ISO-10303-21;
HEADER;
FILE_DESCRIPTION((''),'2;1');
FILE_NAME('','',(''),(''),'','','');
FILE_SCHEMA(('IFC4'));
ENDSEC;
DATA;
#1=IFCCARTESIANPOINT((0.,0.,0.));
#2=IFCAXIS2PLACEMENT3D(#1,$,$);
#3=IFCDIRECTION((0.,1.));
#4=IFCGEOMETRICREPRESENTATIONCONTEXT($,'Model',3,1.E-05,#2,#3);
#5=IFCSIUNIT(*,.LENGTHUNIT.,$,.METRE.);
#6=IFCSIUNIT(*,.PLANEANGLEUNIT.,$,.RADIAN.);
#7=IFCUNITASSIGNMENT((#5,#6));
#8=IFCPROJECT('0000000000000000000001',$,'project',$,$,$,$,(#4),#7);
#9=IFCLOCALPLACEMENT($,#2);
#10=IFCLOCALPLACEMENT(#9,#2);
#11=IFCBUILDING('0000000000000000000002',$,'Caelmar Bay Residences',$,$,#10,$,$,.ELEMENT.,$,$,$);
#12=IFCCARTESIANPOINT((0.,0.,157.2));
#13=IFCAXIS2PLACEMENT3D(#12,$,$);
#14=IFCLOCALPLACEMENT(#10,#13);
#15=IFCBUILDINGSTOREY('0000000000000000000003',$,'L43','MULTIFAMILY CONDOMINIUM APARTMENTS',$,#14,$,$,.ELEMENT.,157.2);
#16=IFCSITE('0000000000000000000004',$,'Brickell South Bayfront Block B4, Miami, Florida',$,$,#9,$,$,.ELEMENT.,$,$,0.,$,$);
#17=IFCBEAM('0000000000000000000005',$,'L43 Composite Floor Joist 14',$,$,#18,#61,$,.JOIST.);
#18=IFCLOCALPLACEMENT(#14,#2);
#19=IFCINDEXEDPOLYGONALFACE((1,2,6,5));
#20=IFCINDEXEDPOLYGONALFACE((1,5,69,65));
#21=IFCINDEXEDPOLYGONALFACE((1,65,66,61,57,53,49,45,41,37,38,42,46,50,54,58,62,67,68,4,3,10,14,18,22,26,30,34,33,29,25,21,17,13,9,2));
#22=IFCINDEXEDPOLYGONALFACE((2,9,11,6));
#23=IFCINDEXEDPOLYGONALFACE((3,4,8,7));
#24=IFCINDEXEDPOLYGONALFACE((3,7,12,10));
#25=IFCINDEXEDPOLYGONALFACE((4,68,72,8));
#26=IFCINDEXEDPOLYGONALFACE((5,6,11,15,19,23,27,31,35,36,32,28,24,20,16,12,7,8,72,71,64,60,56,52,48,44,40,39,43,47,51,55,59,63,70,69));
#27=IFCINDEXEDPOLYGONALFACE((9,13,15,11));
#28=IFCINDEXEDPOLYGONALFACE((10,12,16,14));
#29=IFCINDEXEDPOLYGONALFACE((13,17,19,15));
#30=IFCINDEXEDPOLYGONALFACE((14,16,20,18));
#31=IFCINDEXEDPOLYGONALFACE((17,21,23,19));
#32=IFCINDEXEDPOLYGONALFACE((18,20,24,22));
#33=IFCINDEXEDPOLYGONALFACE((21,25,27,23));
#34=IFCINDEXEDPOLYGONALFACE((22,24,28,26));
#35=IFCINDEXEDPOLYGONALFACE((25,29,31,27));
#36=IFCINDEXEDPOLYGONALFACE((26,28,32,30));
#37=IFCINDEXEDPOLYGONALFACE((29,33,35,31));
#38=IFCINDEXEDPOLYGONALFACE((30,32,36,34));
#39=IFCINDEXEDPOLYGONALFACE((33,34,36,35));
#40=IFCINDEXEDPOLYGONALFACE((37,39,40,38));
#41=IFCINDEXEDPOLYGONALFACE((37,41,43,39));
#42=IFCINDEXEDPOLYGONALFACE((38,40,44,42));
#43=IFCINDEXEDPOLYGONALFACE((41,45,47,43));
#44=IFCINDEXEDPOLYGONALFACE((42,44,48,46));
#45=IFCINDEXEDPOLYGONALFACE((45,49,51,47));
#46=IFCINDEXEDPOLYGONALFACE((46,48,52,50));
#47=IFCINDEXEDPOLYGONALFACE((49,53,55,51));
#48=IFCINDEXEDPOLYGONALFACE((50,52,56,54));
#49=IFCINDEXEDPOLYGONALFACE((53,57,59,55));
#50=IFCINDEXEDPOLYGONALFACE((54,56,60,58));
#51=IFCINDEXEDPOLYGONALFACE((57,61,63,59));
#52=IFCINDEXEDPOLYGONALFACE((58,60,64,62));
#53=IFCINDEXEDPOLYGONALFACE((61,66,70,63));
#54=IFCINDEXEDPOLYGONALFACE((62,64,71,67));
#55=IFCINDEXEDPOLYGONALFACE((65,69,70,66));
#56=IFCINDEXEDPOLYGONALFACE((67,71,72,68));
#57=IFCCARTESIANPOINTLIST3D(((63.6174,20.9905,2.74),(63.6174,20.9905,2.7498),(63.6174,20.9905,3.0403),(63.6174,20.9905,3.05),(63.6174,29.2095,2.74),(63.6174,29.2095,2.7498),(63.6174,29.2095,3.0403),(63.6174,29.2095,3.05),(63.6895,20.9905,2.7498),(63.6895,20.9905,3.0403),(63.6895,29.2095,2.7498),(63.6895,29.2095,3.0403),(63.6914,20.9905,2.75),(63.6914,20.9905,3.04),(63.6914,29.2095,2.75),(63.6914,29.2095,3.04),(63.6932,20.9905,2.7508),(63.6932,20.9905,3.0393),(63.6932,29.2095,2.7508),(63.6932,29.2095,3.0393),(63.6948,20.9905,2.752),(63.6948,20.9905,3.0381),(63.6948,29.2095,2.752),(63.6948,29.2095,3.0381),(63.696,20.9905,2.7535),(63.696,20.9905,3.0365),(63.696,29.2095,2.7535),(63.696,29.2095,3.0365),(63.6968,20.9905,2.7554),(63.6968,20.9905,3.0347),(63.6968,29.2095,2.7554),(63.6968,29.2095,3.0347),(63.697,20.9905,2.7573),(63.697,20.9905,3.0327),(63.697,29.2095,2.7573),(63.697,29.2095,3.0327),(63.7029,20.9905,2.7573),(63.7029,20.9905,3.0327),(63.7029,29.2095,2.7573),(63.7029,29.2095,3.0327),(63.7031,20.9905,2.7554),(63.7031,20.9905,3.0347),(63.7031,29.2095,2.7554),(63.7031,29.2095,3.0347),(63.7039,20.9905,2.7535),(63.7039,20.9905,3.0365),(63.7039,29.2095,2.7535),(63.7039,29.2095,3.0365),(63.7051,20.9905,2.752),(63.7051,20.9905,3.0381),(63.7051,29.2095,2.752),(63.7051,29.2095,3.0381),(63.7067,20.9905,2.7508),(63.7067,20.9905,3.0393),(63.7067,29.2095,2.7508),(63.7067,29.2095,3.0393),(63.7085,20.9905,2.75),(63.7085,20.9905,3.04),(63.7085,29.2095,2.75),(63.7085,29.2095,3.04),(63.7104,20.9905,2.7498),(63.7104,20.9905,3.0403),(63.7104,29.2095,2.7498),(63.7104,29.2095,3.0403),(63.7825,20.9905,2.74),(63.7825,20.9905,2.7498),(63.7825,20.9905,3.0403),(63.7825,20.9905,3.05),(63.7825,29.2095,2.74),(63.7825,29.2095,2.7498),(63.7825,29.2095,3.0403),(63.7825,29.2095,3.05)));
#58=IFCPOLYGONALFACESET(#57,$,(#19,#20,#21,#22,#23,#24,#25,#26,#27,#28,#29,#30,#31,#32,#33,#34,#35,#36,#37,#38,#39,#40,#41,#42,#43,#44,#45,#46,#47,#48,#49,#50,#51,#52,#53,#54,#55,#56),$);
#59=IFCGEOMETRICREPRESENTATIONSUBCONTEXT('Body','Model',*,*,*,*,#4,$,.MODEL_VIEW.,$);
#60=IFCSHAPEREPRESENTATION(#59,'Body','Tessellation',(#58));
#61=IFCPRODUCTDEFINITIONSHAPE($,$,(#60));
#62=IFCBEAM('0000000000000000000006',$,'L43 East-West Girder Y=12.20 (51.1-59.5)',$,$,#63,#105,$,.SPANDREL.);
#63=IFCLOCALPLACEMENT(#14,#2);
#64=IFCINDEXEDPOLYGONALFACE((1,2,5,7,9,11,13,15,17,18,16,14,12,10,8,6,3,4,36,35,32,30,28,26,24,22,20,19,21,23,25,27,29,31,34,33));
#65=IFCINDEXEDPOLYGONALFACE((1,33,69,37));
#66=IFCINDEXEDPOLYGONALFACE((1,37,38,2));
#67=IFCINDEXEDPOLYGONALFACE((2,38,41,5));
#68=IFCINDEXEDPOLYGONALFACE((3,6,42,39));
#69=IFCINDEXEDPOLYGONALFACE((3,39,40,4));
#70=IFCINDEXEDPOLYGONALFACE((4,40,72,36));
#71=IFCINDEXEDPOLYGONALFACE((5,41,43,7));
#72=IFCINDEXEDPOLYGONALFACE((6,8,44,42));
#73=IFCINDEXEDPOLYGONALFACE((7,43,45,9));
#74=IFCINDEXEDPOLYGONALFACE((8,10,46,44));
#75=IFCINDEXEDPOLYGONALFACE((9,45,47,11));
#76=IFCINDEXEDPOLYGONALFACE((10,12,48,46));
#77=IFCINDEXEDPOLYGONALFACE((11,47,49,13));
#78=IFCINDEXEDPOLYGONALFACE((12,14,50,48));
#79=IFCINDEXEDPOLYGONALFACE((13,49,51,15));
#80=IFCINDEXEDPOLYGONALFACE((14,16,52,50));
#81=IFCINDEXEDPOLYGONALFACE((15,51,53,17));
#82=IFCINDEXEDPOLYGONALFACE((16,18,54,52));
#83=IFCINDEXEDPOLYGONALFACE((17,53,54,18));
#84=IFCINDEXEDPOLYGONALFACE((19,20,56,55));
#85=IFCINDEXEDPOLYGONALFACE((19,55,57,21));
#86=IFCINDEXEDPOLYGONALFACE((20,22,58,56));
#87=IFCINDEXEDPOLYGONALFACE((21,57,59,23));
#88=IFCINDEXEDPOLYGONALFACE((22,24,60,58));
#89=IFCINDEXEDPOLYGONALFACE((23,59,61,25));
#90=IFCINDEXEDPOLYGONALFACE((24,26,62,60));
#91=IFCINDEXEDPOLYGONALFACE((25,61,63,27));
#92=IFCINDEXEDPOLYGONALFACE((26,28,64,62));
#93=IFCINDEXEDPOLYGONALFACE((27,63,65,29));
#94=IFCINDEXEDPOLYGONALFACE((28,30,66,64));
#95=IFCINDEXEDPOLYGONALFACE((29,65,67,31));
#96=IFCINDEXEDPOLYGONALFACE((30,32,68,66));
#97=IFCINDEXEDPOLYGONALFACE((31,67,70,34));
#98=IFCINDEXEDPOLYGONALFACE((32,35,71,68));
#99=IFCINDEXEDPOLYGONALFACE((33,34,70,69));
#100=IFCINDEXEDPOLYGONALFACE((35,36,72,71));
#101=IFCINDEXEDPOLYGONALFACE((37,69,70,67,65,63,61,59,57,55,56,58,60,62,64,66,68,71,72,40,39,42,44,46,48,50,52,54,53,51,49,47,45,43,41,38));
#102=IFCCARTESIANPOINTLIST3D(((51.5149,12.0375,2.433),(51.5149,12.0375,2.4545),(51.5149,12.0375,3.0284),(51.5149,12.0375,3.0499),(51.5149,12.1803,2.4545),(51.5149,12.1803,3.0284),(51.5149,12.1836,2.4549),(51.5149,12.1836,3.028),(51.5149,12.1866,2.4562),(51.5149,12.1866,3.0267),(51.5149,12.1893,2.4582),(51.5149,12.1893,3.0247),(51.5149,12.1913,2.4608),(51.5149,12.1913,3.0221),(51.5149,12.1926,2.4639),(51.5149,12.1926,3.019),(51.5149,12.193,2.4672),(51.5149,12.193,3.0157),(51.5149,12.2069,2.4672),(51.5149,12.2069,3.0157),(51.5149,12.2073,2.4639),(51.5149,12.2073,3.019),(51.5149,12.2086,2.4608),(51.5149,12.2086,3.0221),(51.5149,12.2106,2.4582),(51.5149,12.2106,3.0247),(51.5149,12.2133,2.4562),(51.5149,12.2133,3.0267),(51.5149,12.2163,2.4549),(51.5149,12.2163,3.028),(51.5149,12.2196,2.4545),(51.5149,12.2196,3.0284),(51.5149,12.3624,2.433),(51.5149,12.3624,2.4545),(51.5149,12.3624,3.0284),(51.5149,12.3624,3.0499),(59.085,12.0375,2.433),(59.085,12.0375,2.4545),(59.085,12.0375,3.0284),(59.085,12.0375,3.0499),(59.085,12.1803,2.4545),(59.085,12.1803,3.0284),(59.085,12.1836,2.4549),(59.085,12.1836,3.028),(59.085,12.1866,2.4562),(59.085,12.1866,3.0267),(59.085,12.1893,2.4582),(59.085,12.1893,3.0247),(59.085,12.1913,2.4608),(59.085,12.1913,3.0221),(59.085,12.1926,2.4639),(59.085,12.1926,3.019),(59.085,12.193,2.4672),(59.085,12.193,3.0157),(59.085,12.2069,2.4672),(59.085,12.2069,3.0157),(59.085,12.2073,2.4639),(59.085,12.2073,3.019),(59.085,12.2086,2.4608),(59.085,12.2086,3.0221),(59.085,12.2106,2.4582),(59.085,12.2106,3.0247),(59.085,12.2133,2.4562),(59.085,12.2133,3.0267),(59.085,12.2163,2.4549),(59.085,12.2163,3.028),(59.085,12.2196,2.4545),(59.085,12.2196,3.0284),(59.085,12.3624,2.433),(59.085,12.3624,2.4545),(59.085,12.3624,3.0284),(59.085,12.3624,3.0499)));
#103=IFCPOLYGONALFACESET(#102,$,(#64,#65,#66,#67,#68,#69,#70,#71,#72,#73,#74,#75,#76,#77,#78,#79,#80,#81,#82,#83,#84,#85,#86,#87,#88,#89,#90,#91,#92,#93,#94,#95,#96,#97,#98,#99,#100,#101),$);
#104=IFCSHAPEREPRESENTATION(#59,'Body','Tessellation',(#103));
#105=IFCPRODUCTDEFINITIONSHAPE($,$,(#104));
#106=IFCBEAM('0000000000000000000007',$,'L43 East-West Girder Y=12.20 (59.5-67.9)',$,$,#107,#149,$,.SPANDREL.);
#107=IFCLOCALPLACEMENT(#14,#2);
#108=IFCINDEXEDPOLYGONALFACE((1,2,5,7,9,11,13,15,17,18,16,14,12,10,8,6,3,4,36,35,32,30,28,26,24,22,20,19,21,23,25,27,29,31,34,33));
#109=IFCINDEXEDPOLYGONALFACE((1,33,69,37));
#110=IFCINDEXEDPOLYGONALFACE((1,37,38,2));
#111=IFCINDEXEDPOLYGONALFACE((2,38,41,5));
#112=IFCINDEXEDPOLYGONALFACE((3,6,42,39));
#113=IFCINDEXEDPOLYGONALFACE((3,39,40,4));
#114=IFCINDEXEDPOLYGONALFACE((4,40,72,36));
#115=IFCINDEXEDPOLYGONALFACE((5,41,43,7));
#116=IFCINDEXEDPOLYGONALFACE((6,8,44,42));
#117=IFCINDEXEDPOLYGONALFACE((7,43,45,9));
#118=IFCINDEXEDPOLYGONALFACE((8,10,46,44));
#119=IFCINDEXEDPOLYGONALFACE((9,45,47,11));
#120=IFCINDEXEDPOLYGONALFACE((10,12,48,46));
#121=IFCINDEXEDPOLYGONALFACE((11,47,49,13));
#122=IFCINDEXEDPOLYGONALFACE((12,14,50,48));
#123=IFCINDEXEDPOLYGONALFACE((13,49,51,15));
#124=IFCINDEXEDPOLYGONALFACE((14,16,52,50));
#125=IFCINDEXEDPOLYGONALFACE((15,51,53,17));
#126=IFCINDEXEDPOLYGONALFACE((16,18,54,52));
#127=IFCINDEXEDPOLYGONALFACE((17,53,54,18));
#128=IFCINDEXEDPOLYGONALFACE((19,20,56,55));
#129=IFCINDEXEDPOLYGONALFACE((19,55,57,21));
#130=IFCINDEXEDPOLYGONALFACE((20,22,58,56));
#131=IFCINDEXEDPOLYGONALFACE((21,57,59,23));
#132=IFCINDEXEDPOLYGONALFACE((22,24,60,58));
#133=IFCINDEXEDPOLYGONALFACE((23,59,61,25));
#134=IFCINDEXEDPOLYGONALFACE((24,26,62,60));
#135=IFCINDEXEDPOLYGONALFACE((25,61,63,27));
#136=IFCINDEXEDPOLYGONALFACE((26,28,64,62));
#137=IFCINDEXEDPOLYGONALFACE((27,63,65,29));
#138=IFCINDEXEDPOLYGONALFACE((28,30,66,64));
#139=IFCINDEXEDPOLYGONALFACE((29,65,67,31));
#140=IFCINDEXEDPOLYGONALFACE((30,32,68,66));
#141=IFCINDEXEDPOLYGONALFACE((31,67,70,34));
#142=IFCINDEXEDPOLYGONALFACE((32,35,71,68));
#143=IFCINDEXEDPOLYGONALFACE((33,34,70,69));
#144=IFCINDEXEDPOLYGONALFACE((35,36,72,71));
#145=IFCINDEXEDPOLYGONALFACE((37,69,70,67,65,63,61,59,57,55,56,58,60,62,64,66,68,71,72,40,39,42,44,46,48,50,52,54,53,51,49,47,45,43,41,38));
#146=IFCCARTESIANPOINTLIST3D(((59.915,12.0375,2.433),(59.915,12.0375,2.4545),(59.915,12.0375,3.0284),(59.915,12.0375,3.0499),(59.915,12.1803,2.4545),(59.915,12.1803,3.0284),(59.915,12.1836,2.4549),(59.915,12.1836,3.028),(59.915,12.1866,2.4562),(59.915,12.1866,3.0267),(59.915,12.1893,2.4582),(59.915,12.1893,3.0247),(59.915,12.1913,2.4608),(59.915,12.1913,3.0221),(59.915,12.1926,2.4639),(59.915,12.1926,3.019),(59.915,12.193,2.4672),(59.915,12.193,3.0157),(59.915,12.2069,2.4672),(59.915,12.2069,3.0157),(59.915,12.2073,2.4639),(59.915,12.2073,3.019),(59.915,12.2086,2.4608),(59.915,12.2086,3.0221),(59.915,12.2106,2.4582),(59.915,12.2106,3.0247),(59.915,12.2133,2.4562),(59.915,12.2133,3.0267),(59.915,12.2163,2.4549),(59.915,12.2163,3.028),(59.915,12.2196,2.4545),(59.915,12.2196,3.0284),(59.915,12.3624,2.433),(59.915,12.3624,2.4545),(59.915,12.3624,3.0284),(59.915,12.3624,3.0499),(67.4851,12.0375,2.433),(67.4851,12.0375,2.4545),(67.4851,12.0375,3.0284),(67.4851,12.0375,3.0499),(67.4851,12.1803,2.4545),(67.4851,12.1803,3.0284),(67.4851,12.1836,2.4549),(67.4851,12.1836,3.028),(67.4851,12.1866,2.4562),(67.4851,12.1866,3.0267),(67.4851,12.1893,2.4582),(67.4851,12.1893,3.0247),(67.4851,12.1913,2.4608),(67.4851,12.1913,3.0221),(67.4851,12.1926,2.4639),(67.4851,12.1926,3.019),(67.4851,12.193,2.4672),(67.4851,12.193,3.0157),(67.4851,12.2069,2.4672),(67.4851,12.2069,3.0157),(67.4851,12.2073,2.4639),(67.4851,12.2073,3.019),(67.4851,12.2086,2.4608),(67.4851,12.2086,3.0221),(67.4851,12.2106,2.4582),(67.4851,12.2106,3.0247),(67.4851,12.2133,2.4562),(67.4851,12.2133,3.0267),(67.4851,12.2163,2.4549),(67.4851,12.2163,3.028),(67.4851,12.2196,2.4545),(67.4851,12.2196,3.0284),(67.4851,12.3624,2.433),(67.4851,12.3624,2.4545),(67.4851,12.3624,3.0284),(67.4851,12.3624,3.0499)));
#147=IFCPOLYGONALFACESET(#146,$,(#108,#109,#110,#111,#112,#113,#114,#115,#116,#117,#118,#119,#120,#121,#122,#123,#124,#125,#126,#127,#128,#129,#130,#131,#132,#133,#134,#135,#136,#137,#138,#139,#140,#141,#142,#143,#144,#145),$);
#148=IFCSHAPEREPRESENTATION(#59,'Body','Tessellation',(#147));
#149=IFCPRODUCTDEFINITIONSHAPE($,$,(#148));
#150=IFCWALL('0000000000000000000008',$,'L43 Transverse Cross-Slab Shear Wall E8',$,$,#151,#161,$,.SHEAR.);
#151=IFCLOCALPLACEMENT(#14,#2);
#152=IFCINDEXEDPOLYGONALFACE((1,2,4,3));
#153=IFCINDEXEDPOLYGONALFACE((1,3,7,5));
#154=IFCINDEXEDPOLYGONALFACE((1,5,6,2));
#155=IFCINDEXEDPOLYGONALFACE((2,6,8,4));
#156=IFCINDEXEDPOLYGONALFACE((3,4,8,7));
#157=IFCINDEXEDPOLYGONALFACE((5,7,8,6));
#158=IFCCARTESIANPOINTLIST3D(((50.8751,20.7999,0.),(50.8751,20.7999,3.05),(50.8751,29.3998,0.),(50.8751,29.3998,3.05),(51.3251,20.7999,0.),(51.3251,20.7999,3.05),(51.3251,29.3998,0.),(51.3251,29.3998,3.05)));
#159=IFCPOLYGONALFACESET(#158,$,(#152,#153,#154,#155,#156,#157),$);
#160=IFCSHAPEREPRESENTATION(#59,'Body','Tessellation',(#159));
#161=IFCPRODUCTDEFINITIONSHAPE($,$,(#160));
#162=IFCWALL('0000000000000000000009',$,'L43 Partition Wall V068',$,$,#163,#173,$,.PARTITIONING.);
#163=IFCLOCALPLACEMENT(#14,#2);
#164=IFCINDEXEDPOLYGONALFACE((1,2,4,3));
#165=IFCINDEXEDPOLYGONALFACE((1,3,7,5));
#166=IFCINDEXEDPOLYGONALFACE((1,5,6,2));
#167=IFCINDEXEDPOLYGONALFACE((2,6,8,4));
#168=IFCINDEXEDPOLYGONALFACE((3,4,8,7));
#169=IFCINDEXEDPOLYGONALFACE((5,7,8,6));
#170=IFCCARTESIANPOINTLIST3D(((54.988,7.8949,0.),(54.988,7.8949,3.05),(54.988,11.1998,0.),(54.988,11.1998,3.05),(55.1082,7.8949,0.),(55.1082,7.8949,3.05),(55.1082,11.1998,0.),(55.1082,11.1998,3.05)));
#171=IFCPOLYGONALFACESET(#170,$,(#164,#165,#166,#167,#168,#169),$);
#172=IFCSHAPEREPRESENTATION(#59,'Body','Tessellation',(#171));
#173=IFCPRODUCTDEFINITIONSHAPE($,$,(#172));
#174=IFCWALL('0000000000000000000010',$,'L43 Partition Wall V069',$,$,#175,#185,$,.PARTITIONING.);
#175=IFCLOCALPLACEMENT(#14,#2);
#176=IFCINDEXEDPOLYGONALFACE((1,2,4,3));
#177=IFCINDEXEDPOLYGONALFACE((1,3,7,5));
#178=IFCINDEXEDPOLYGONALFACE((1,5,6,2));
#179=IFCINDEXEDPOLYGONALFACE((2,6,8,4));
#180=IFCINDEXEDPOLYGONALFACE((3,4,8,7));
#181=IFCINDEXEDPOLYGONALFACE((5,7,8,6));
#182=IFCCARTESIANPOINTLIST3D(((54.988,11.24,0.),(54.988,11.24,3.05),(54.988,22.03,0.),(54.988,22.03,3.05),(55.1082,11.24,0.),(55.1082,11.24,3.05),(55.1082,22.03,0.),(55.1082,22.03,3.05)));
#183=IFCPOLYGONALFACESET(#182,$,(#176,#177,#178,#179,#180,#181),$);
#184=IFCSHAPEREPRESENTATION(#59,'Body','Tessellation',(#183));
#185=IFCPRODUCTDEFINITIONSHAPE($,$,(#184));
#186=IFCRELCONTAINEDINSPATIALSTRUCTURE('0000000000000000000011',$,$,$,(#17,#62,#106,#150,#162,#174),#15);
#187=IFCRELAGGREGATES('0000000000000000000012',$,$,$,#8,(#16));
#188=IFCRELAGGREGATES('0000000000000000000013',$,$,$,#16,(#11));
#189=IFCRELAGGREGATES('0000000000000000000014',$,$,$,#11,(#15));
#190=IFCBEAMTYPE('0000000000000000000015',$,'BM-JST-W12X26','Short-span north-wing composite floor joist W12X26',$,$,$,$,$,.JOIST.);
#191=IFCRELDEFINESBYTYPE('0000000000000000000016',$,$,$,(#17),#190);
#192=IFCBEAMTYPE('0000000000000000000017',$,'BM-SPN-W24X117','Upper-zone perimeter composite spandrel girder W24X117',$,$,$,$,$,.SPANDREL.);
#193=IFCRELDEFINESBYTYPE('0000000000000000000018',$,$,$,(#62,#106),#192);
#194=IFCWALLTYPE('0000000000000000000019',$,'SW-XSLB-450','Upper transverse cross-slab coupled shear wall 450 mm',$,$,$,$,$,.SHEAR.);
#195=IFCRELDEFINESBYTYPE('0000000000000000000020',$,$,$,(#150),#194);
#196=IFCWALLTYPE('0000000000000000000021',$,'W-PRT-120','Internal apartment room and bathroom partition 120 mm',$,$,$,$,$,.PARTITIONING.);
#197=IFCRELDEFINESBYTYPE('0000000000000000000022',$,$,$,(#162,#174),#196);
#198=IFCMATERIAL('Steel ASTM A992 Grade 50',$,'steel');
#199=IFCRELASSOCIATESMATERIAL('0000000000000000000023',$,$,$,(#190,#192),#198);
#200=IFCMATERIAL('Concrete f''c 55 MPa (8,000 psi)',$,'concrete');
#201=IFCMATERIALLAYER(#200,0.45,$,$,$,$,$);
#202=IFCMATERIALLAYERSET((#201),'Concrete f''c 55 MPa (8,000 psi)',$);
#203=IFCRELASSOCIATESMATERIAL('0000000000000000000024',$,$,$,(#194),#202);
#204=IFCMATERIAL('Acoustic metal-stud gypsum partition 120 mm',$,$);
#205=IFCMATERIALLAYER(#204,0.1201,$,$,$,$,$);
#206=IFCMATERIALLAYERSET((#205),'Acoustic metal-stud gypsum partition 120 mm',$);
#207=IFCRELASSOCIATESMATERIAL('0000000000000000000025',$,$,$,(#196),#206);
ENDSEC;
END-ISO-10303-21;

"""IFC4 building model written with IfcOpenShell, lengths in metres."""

from ifc_helpers import new_model, si_unit, direction, frame, frame_2d, origin, origin_2d, place, context, subcontext, project, spatial, rectangle, i_section, extrude, material, layer, layer_set, material_profile, profile_set, type_object, element, save


model = new_model("IFC4")

# Units and contexts
model_context = context("Model", 3, precision=1e-05, world=origin(), true_north=direction((0.0, 1.0)))
body_context = subcontext(model_context, "Body", "Model", "MODEL_VIEW")
ifc_project = project(units=[si_unit("LENGTHUNIT", "METRE"), si_unit("PLANEANGLEUNIT", "RADIAN")], contexts=[model_context])

# Site, building, storey
site_placement = place(None, origin())
site = spatial("IfcSite", under=ifc_project, at=site_placement, Name="Brickell South Bayfront Block B4, Miami, Florida", CompositionType="ELEMENT", RefElevation=0.0)
building_placement = place(site_placement, origin())
building = spatial("IfcBuilding", under=site, at=building_placement, Name="Caelmar Bay Residences", CompositionType="ELEMENT")
storey_placement = place(building_placement, frame((0.0, 0.0, 157.2)))
storey = spatial("IfcBuildingStorey", under=building, at=storey_placement, Name="L43", Description="MULTIFAMILY CONDOMINIUM APARTMENTS", CompositionType="ELEMENT", Elevation=157.2)

# Shared definitions
ifc_material_1 = material(Name="Concrete f'c 55 MPa (8,000 psi)", Category="concrete")

# Beams
ifc_material_2 = material(Name="Steel ASTM A992 Grade 50", Category="steel")
ifc_material_profile_1 = material_profile(ifc_material_2, i_section(OverallWidth=0.165, OverallDepth=0.3101, WebThickness=0.0059, FlangeThickness=0.0098, FilletRadius=0.0076, at=origin_2d()), Name="W12X26")
ifc_profile_set_1 = profile_set([ifc_material_profile_1], Name="Steel ASTM A992 Grade 50")
beam_type_1 = type_object("IfcBeamType", Name="BM-JST-W12X26", Description="Short-span north-wing composite floor joist W12X26", PredefinedType="JOIST", material=ifc_profile_set_1)
for number, where, z_axis, x_axis, name in (
    (1, (63.7, 20.9905, 2.895), (0.0, 1.0, 0.0), (-1.0, 0.0, 0.0), "L43 Composite Floor Joist 14"),
):
    element("IfcBeam", number, at=place(storey_placement, frame(where, z_axis=z_axis, x_axis=x_axis)), inside=storey, type_object=beam_type_1, Name=name, PredefinedType="JOIST", context=body_context, shape_type="SweptSolid", body=[
        extrude(i_section(OverallWidth=0.165, OverallDepth=0.3101, WebThickness=0.0059, FlangeThickness=0.0098, FilletRadius=0.0076, at=origin_2d()), origin(), (0.0, 0.0, 1.0), 8.219),
    ])
ifc_material_profile_2 = material_profile(ifc_material_2, i_section(OverallWidth=0.325, OverallDepth=0.6169, WebThickness=0.0139, FlangeThickness=0.0215, FilletRadius=0.0127, at=origin_2d()), Name="W24X117")
ifc_profile_set_2 = profile_set([ifc_material_profile_2], Name="Steel ASTM A992 Grade 50")
beam_type_2 = type_object("IfcBeamType", Name="BM-SPN-W24X117", Description="Upper-zone perimeter composite spandrel girder W24X117", PredefinedType="SPANDREL", material=ifc_profile_set_2)
for number, where, z_axis, x_axis, name in (
    (2, (51.5149, 12.2, 2.7415), (1.0, 0.0, 0.0), (0.0, 1.0, 0.0), "L43 East-West Girder Y=12.20 (51.1-59.5)"),
    (3, (59.915, 12.2, 2.7415), (1.0, 0.0, 0.0), (0.0, 1.0, 0.0), "L43 East-West Girder Y=12.20 (59.5-67.9)"),
):
    element("IfcBeam", number, at=place(storey_placement, frame(where, z_axis=z_axis, x_axis=x_axis)), inside=storey, type_object=beam_type_2, Name=name, PredefinedType="SPANDREL", context=body_context, shape_type="SweptSolid", body=[
        extrude(i_section(OverallWidth=0.325, OverallDepth=0.6169, WebThickness=0.0139, FlangeThickness=0.0215, FilletRadius=0.0127, at=origin_2d()), origin(), (0.0, 0.0, 1.0), 7.5701),
    ])

# Walls
ifc_layer_1 = layer(ifc_material_1, 0.45)
ifc_layer_set_1 = layer_set([ifc_layer_1], Name="Concrete f'c 55 MPa (8,000 psi)")
wall_type_1 = type_object("IfcWallType", Name="SW-XSLB-450", Description="Upper transverse cross-slab coupled shear wall 450 mm", PredefinedType="SHEAR", material=ifc_layer_set_1)
wall_1_placement = place(storey_placement, frame((51.1001, 20.8, 0.0), z_axis=(0.0, 0.0, 1.0), x_axis=(0.0, 1.0, 0.0)))
element("IfcWall", 4, at=wall_1_placement, inside=storey, type_object=wall_type_1, Name="L43 Transverse Cross-Slab Shear Wall E8", PredefinedType="SHEAR", context=body_context, shape_type="SweptSolid", body=[
    extrude(rectangle(XDim=8.5999, YDim=0.45, at=frame_2d((4.2998, 0.0))), origin(), (0.0, 0.0, 1.0), 3.05),
])
ifc_material_3 = material(Name="Acoustic metal-stud gypsum partition 120 mm")
ifc_layer_2 = layer(ifc_material_3, 0.1201)
ifc_layer_set_2 = layer_set([ifc_layer_2], Name="Acoustic metal-stud gypsum partition 120 mm")
wall_type_2 = type_object("IfcWallType", Name="W-PRT-120", Description="Internal apartment room and bathroom partition 120 mm", PredefinedType="PARTITIONING", material=ifc_layer_set_2)
wall_2_placement = place(storey_placement, frame((55.0481, 7.895, 0.0), z_axis=(0.0, 0.0, 1.0), x_axis=(0.0, 1.0, 0.0)))
element("IfcWall", 5, at=wall_2_placement, inside=storey, type_object=wall_type_2, Name="L43 Partition Wall V068", PredefinedType="PARTITIONING", context=body_context, shape_type="SweptSolid", body=[
    extrude(rectangle(XDim=3.3049, YDim=0.1201, at=frame_2d((1.6523, 0.0))), origin(), (0.0, 0.0, 1.0), 3.05),
])
wall_3_placement = place(storey_placement, frame((55.0481, 11.24, 0.0), z_axis=(0.0, 0.0, 1.0), x_axis=(0.0, 1.0, 0.0)))
element("IfcWall", 6, at=wall_3_placement, inside=storey, type_object=wall_type_2, Name="L43 Partition Wall V069", PredefinedType="PARTITIONING", context=body_context, shape_type="SweptSolid", body=[
    extrude(rectangle(XDim=10.79, YDim=0.1201, at=frame_2d((5.395, 0.0))), origin(), (0.0, 0.0, 1.0), 3.05),
])

save(model, "model.ifc")
